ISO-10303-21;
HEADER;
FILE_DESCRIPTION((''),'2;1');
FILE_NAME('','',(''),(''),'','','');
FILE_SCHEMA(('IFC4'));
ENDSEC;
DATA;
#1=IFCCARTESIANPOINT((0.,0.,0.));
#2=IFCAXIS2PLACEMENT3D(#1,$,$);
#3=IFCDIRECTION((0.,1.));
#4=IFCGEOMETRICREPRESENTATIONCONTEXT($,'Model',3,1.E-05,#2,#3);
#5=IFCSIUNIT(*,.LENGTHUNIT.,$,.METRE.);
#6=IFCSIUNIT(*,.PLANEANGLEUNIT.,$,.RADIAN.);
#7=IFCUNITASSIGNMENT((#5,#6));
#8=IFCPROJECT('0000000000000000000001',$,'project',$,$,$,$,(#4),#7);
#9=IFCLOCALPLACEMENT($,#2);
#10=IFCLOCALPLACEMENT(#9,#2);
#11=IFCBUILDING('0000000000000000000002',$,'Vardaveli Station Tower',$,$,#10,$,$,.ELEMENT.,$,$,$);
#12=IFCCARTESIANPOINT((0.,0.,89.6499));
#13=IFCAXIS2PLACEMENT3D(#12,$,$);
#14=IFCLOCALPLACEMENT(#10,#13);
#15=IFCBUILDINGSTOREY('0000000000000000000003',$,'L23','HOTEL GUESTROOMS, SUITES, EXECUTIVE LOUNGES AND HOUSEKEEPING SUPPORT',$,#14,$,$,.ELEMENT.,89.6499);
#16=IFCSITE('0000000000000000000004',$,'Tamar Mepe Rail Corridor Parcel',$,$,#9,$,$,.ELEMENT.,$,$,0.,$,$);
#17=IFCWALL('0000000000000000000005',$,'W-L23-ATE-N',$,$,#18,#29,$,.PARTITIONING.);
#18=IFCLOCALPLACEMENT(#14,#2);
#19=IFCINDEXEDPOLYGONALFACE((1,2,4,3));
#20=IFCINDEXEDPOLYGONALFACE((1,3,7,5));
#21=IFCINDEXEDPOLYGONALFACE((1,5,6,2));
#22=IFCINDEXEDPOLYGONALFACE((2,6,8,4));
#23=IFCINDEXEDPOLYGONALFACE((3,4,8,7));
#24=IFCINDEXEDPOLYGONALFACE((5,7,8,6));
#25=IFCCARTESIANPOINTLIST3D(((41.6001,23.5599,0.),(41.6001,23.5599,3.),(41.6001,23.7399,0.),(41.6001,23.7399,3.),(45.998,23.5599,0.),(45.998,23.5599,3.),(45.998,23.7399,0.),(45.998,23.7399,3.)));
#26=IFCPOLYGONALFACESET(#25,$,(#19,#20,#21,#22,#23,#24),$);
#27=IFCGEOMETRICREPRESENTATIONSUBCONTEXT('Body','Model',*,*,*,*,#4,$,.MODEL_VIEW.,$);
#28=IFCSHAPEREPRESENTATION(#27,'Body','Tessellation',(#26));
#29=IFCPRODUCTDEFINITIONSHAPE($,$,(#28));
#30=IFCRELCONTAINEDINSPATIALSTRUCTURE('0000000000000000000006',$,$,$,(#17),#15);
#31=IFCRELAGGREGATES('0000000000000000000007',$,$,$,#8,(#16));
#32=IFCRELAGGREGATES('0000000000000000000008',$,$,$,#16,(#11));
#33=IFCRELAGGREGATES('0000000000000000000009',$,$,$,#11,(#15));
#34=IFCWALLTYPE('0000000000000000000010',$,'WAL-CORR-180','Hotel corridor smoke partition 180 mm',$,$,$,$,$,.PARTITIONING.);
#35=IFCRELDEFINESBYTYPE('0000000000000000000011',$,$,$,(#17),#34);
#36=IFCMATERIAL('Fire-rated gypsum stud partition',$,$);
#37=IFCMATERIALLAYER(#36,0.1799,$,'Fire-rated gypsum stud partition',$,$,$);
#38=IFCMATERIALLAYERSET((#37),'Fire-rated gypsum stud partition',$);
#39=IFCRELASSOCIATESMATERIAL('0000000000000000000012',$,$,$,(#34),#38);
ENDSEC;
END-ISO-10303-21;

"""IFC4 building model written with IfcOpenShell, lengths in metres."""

from ifc_helpers import new_model, si_unit, direction, frame, frame_2d, origin, place, context, subcontext, project, spatial, rectangle, extrude, source, transform, mapped, material, layer, layer_set, type_object, element, save


model = new_model("IFC4")

# Units and contexts
model_context = context("Model", 3, precision=1e-05, world=origin(), true_north=direction((0.0, 1.0)))
body_context = subcontext(model_context, "Body", "Model", "MODEL_VIEW")
ifc_project = project(units=[si_unit("LENGTHUNIT", "METRE"), si_unit("PLANEANGLEUNIT", "RADIAN")], contexts=[model_context])

# Site, building, storey
site_placement = place(None, origin())
site = spatial("IfcSite", under=ifc_project, at=site_placement, Name="Tamar Mepe Rail Corridor Parcel", CompositionType="ELEMENT", RefElevation=0.0)
building_placement = place(site_placement, origin())
building = spatial("IfcBuilding", under=site, at=building_placement, Name="Vardaveli Station Tower", CompositionType="ELEMENT")
storey_placement = place(building_placement, frame((0.0, 0.0, 89.6499)))
storey = spatial("IfcBuildingStorey", under=building, at=storey_placement, Name="L23", Description="HOTEL GUESTROOMS, SUITES, EXECUTIVE LOUNGES AND HOUSEKEEPING SUPPORT", CompositionType="ELEMENT", Elevation=89.6499)

# Wall
ifc_material_1 = material(Name="Fire-rated gypsum stud partition")
ifc_layer_1 = layer(ifc_material_1, 0.1799, Name="Fire-rated gypsum stud partition")
ifc_layer_set_1 = layer_set([ifc_layer_1], Name="Fire-rated gypsum stud partition")
wall_type_1 = type_object("IfcWallType", Name="WAL-CORR-180", Description="Hotel corridor smoke partition 180 mm", PredefinedType="PARTITIONING", material=ifc_layer_set_1)
shared_shape_1 = source(origin(), body_context, "Body", "SweptSolid", [
    extrude(rectangle(XDim=4.3979, YDim=0.1799, at=frame_2d((2.199, 0.0))), origin(), (0.0, 0.0, 1.0), 3.0),
])
wall_1_placement = place(storey_placement, frame((41.6001, 23.6499, 0.0), z_axis=(0.0, 0.0, 1.0), x_axis=(1.0, 0.0, 0.0)))
element("IfcWall", 1, at=wall_1_placement, inside=storey, type_object=wall_type_1, Name="W-L23-ATE-N", PredefinedType="PARTITIONING", context=body_context, shape_type="MappedRepresentation", body=[
    mapped(shared_shape_1, transform((0.0, 0.0, 0.0), scale=1.0)),
])

save(model, "model.ifc")
